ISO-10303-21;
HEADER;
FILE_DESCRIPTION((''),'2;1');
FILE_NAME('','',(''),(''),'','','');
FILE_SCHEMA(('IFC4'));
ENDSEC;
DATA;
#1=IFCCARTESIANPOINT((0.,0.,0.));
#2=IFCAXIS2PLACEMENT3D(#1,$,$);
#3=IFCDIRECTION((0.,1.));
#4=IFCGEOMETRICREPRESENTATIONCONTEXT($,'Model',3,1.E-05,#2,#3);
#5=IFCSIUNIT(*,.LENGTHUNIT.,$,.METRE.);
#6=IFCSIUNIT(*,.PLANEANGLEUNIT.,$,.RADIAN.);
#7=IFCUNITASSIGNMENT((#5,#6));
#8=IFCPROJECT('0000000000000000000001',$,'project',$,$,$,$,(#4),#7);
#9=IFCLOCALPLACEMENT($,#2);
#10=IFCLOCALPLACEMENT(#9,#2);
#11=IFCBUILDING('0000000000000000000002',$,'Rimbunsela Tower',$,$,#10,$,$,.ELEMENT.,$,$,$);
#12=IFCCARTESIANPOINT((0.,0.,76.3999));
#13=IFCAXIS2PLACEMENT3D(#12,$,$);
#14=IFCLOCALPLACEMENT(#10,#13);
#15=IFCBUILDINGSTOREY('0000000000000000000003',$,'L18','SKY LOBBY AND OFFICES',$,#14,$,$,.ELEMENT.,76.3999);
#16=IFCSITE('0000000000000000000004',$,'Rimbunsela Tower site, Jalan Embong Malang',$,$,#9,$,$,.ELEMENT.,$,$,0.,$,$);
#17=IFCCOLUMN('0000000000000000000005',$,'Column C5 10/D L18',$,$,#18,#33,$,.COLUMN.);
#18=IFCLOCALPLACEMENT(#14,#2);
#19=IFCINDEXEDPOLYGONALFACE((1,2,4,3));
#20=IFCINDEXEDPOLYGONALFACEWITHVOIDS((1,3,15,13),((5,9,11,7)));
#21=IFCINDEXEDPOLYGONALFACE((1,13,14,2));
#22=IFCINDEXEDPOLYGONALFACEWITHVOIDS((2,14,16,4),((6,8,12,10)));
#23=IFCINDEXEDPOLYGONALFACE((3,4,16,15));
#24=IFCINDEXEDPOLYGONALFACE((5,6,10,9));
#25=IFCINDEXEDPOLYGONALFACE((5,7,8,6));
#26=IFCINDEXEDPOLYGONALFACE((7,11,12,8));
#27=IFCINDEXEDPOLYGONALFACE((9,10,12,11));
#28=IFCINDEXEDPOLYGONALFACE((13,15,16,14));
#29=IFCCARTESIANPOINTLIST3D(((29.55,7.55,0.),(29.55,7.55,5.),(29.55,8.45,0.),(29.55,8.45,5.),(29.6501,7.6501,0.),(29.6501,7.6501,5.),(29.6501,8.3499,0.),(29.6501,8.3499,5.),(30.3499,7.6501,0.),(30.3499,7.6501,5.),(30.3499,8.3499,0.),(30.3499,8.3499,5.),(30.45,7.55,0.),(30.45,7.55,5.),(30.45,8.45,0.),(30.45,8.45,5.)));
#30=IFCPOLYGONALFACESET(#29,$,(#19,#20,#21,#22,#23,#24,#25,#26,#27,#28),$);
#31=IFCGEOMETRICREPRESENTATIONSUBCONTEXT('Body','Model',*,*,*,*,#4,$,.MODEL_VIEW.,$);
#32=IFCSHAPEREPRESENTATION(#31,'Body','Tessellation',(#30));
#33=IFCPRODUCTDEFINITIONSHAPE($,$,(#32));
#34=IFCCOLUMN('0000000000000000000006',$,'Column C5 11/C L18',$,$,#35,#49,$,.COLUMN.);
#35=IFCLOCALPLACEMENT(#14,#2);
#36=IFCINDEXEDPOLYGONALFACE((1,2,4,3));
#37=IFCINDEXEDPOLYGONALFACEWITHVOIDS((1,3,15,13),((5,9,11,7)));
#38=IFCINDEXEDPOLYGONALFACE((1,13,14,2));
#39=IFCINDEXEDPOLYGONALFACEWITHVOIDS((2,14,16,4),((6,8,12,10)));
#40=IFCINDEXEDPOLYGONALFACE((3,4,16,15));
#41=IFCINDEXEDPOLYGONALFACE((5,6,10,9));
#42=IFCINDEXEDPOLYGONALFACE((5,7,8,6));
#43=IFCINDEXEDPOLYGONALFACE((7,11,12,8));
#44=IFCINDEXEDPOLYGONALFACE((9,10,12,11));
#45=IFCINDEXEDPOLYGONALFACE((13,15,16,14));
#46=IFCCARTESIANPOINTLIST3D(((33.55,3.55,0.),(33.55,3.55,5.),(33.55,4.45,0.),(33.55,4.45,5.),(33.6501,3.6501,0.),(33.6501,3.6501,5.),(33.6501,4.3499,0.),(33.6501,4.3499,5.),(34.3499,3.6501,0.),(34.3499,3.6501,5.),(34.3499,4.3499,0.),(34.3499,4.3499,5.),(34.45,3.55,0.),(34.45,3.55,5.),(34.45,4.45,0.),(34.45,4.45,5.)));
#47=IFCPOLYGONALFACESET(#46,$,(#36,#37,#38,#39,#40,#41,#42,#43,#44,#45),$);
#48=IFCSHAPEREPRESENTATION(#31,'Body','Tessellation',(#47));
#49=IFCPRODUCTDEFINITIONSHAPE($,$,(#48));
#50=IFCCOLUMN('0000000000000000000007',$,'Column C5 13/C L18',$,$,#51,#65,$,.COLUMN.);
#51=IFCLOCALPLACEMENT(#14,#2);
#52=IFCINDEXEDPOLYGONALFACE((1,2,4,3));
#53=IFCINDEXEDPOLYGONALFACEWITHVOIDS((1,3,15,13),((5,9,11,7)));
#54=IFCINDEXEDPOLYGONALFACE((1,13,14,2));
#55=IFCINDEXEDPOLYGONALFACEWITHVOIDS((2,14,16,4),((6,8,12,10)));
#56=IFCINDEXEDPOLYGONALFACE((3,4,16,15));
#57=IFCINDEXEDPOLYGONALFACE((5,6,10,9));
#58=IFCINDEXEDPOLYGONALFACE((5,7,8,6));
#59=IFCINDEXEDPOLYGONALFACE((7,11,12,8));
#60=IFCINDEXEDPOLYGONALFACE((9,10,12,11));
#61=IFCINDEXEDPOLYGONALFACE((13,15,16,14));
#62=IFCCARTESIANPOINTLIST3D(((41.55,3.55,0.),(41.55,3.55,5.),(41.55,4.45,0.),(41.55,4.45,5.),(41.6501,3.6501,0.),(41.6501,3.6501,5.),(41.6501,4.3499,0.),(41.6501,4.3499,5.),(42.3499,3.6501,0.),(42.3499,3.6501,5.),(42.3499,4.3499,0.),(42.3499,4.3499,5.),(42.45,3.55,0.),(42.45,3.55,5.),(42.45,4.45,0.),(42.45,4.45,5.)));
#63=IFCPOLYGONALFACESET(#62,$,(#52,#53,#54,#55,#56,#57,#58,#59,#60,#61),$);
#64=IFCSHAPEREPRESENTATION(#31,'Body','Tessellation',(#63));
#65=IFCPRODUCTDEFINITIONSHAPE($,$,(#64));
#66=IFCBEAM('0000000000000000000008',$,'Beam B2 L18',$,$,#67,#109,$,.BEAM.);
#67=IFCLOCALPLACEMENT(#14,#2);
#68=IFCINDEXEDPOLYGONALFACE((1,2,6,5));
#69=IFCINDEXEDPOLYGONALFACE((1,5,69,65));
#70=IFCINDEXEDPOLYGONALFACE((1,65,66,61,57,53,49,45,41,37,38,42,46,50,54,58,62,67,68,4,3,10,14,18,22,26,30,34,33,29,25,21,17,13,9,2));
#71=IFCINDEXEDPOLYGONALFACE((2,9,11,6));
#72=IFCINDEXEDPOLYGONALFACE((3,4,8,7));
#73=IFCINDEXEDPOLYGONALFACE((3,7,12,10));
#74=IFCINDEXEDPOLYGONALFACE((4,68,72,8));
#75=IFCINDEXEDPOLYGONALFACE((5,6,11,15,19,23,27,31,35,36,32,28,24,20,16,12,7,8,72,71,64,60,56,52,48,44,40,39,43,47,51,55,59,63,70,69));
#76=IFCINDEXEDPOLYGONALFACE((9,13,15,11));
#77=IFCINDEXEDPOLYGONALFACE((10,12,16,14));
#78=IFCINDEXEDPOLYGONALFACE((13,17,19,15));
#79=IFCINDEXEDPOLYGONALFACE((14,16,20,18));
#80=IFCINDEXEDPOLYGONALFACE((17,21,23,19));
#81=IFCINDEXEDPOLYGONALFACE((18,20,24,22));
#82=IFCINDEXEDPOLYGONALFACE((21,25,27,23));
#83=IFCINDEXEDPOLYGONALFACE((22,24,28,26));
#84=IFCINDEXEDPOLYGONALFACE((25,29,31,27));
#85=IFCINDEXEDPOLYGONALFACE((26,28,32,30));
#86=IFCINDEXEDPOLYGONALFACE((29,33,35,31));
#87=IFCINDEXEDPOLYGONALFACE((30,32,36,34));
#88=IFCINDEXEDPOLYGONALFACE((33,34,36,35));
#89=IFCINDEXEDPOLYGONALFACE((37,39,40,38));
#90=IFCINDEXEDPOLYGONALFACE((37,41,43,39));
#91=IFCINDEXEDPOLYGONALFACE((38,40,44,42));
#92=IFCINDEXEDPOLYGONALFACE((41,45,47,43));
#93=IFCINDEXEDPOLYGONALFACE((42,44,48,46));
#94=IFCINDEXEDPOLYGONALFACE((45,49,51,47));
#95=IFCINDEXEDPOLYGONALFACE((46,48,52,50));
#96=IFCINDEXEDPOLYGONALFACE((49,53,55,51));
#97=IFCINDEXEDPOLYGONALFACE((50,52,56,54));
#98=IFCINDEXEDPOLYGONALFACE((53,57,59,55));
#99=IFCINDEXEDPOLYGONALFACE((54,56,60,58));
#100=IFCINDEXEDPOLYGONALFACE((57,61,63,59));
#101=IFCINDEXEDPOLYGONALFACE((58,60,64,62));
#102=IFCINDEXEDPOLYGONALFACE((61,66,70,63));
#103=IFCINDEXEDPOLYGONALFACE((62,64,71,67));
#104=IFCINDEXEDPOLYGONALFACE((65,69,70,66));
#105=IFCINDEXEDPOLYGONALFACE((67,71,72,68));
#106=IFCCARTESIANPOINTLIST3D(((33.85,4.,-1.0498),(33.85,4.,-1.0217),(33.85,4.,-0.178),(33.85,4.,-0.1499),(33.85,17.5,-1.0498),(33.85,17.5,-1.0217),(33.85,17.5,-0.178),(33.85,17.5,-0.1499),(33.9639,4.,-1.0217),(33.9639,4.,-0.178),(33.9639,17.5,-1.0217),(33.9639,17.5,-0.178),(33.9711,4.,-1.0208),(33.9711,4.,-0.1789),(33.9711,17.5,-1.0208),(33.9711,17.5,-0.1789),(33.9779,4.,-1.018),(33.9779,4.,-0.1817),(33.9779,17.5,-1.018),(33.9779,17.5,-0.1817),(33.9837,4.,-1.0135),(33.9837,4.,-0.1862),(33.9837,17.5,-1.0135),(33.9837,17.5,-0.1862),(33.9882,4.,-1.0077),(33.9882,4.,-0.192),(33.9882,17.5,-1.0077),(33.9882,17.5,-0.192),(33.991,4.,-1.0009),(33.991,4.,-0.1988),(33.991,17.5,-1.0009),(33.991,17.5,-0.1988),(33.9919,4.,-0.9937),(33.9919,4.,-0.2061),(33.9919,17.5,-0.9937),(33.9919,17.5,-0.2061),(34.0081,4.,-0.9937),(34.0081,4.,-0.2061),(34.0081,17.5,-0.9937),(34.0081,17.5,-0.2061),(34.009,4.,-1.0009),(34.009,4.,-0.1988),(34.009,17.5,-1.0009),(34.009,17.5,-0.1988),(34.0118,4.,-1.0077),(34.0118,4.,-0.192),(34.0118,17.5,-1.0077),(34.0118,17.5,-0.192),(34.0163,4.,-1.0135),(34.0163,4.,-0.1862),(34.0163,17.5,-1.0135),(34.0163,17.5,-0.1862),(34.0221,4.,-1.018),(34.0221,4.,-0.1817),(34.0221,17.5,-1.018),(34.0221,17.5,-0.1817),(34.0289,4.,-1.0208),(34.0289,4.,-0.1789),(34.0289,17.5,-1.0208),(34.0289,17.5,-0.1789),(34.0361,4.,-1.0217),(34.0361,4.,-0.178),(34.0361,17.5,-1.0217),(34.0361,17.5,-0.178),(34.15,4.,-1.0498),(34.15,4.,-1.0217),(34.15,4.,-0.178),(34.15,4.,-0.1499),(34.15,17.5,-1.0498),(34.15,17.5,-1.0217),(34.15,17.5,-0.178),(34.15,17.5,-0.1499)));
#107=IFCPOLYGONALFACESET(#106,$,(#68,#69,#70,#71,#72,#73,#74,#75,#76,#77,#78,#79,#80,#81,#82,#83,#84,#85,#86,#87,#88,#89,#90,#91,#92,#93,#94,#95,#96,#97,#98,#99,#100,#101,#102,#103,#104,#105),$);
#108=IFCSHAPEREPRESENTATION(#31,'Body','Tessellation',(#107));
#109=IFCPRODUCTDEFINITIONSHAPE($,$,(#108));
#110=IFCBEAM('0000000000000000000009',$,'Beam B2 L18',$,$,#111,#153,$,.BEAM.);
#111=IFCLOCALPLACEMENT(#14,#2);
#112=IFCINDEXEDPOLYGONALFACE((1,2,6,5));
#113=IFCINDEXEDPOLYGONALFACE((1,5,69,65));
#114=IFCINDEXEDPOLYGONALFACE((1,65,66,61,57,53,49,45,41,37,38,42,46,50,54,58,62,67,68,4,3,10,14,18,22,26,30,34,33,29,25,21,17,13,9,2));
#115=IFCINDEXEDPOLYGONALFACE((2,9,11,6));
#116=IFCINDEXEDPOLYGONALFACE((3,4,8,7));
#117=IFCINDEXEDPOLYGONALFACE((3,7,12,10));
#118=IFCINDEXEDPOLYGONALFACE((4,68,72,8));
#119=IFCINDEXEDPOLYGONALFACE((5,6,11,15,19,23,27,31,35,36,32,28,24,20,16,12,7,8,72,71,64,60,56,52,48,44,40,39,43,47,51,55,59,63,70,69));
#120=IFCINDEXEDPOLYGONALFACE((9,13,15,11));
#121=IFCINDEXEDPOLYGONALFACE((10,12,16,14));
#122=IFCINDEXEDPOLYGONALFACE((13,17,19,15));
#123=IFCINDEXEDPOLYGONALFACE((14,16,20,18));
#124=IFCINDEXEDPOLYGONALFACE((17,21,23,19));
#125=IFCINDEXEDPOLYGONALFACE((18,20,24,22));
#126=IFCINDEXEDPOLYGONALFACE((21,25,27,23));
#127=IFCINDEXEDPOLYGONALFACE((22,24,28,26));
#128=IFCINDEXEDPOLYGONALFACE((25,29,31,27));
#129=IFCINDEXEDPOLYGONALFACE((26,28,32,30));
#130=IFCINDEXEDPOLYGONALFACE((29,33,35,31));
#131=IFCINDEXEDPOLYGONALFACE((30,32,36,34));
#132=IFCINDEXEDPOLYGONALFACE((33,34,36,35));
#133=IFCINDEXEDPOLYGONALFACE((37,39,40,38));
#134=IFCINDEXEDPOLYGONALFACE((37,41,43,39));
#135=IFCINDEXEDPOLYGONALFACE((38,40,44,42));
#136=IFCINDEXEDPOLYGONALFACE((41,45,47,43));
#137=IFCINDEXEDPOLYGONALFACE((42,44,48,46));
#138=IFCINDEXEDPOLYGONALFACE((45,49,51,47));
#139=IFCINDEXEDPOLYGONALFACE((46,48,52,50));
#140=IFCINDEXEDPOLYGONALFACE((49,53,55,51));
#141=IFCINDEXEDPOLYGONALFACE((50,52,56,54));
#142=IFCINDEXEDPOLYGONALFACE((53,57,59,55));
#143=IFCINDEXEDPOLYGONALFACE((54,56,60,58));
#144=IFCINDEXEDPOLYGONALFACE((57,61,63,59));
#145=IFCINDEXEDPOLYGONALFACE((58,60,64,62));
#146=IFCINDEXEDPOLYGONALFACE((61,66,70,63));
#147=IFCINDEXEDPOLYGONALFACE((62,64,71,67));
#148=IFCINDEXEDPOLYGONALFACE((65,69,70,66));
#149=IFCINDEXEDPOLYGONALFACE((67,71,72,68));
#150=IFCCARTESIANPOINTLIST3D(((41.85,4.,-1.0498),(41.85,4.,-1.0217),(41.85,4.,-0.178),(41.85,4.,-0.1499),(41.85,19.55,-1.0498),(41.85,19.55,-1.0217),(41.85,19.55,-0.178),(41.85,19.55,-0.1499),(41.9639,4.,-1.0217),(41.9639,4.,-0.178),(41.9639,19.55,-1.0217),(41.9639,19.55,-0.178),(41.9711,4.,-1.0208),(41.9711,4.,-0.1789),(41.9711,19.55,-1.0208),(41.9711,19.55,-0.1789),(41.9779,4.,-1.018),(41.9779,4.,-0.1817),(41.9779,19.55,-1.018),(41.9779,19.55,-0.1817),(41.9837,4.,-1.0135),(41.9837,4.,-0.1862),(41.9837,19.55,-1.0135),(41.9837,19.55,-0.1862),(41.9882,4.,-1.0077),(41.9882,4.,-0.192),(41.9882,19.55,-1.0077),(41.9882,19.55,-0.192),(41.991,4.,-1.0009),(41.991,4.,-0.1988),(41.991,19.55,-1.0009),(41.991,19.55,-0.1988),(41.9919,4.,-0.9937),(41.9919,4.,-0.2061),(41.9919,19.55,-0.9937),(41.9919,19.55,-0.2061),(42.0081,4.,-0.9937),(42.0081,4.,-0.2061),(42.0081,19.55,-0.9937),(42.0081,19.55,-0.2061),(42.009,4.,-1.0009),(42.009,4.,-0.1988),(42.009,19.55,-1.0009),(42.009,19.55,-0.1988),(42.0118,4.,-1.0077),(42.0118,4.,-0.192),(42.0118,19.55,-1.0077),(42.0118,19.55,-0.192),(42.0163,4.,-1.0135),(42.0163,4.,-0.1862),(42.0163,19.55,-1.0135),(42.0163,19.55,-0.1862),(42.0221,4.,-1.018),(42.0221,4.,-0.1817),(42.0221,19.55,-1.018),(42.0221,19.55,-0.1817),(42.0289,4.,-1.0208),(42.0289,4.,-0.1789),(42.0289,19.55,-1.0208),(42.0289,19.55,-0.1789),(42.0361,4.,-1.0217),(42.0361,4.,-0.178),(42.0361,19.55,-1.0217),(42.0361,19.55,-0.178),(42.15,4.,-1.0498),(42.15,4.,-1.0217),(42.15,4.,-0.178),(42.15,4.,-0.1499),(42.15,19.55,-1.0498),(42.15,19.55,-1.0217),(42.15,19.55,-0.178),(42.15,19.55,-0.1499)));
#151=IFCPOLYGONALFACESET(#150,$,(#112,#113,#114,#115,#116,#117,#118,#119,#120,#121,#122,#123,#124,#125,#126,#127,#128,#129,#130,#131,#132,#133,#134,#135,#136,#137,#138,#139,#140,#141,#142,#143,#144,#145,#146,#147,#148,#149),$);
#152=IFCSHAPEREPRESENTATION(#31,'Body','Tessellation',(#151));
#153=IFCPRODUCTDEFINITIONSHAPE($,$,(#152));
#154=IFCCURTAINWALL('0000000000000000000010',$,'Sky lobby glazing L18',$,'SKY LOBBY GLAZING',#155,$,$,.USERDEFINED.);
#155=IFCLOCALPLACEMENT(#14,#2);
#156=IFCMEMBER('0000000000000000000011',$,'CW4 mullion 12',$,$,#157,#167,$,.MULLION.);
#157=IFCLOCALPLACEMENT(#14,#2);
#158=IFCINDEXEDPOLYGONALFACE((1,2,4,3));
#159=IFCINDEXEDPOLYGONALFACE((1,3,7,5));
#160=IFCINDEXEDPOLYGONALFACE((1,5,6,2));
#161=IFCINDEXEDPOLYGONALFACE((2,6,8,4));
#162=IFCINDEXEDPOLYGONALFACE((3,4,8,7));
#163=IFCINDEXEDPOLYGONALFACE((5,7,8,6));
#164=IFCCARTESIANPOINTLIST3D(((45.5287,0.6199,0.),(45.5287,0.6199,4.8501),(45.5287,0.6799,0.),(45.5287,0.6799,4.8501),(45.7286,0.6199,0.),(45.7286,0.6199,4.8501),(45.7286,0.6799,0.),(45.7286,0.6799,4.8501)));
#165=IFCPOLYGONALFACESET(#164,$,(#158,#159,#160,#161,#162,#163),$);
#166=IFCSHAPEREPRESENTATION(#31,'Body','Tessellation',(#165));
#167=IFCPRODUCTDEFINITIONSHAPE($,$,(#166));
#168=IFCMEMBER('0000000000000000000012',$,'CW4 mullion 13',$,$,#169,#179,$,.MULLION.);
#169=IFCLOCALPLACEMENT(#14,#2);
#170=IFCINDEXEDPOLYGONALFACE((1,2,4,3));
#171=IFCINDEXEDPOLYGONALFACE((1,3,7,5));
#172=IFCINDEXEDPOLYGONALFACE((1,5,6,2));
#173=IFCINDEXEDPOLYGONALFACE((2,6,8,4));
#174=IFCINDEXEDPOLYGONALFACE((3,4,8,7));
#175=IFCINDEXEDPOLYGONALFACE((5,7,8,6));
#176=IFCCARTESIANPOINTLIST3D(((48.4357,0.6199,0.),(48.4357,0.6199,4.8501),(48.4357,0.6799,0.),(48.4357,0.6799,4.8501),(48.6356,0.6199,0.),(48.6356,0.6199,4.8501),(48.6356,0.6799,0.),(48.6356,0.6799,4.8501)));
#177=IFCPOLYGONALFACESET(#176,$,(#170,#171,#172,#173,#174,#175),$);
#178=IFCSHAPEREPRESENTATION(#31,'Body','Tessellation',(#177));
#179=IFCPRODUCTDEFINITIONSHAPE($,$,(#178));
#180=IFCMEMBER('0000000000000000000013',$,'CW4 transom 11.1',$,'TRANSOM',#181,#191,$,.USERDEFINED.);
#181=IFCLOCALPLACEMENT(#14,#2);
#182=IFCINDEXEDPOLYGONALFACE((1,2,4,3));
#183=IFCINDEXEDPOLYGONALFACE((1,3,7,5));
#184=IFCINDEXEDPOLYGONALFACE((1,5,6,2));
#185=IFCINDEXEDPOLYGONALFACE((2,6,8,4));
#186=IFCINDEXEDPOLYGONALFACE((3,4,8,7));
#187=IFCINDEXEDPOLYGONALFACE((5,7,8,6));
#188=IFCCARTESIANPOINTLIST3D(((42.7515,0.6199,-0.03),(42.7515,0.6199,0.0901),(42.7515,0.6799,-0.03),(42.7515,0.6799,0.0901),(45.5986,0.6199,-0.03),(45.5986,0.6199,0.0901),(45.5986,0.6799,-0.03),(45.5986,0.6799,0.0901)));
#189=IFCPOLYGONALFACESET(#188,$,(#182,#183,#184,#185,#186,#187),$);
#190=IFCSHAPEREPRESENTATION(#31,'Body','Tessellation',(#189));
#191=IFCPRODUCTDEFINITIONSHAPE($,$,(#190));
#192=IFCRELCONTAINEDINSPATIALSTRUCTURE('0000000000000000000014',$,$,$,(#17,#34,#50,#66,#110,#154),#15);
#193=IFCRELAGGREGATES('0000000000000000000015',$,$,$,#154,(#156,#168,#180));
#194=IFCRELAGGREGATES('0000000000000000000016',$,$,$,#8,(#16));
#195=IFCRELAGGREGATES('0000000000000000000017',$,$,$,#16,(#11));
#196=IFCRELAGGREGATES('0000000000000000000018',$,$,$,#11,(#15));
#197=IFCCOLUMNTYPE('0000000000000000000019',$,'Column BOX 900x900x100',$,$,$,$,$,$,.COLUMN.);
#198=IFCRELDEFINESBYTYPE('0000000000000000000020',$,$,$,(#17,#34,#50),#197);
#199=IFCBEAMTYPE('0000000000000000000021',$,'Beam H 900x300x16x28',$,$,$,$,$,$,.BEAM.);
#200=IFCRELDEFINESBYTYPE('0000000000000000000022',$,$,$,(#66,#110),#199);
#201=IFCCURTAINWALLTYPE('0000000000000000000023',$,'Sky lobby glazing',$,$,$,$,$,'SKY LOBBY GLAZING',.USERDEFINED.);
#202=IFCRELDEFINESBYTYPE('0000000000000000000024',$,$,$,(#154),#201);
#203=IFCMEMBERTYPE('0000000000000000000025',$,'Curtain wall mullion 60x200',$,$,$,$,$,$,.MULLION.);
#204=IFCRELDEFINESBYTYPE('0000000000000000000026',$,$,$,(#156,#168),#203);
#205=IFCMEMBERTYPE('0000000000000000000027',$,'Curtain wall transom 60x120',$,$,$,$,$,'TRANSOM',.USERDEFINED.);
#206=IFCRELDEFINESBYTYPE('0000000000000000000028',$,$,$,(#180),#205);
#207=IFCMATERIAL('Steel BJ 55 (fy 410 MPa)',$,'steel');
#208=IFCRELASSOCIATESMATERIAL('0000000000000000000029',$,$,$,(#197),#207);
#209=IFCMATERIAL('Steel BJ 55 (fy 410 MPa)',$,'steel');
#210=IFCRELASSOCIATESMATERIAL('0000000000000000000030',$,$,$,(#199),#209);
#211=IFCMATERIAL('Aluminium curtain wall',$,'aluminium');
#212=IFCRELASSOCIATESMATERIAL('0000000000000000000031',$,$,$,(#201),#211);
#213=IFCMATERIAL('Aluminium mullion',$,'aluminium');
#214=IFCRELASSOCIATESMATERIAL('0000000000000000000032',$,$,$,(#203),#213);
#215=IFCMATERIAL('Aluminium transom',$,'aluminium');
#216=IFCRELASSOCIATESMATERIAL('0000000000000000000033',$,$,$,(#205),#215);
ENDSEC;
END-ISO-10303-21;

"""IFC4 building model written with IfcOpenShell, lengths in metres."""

from ifc_helpers import new_model, si_unit, direction, frame, origin, origin_2d, place, context, subcontext, project, spatial, rectangle, hollow_rectangle, i_section, extrude, material, material_profile, profile_set, type_object, element, aggregate, save


model = new_model("IFC4")

# Units and contexts
model_context = context("Model", 3, precision=1e-05, world=origin(), true_north=direction((0.0, 1.0)))
body_context = subcontext(model_context, "Body", "Model", "MODEL_VIEW")
ifc_project = project(units=[si_unit("LENGTHUNIT", "METRE"), si_unit("PLANEANGLEUNIT", "RADIAN")], contexts=[model_context])

# Site, building, storey
site_placement = place(None, origin())
site = spatial("IfcSite", under=ifc_project, at=site_placement, Name="Rimbunsela Tower site, Jalan Embong Malang", CompositionType="ELEMENT", RefElevation=0.0)
building_placement = place(site_placement, origin())
building = spatial("IfcBuilding", under=site, at=building_placement, Name="Rimbunsela Tower", CompositionType="ELEMENT")
storey_placement = place(building_placement, frame((0.0, 0.0, 76.3999)))
storey = spatial("IfcBuildingStorey", under=building, at=storey_placement, Name="L18", Description="SKY LOBBY AND OFFICES", CompositionType="ELEMENT", Elevation=76.3999)

# Columns
ifc_material_1 = material(Name="Steel BJ 55 (fy 410 MPa)", Category="steel")
ifc_material_profile_1 = material_profile(ifc_material_1, hollow_rectangle(XDim=0.8999, YDim=0.8999, WallThickness=0.1001, at=origin_2d()), Name="BOX 900x900x100")
ifc_profile_set_1 = profile_set([ifc_material_profile_1], Name="Steel BJ 55 (fy 410 MPa)")
column_type = type_object("IfcColumnType", Name="Column BOX 900x900x100", PredefinedType="COLUMN", material=ifc_profile_set_1)
for number, where, z_axis, x_axis, name in (
    (1, (30.0, 8.0, 0.0), (0.0, 0.0, 1.0), (1.0, 0.0, 0.0), "Column C5 10/D L18"),
    (2, (34.0, 4.0, 0.0), (0.0, 0.0, 1.0), (1.0, 0.0, 0.0), "Column C5 11/C L18"),
    (3, (42.0, 4.0, 0.0), (0.0, 0.0, 1.0), (1.0, 0.0, 0.0), "Column C5 13/C L18"),
):
    element("IfcColumn", number, at=place(storey_placement, frame(where, z_axis=z_axis, x_axis=x_axis)), inside=storey, type_object=column_type, Name=name, PredefinedType="COLUMN", context=body_context, shape_type="SweptSolid", body=[
        extrude(hollow_rectangle(XDim=0.8999, YDim=0.8999, WallThickness=0.1001, at=origin_2d()), origin(), (0.0, 0.0, 1.0), 5.0),
    ])

# Beams
ifc_material_2 = material(Name="Steel BJ 55 (fy 410 MPa)", Category="steel")
ifc_material_profile_2 = material_profile(ifc_material_2, i_section(OverallWidth=0.3, OverallDepth=0.8999, WebThickness=0.0161, FlangeThickness=0.0281, FilletRadius=0.0281, at=origin_2d()), Name="H 900x300x16x28")
ifc_profile_set_2 = profile_set([ifc_material_profile_2], Name="Steel BJ 55 (fy 410 MPa)")
beam_type = type_object("IfcBeamType", Name="Beam H 900x300x16x28", PredefinedType="BEAM", material=ifc_profile_set_2)
beam_1_placement = place(storey_placement, frame((34.0, 4.0, -0.5999), z_axis=(0.0, 1.0, 0.0), x_axis=(-1.0, 0.0, 0.0)))
element("IfcBeam", 4, at=beam_1_placement, inside=storey, type_object=beam_type, Name="Beam B2 L18", PredefinedType="BEAM", context=body_context, shape_type="SweptSolid", body=[
    extrude(i_section(OverallWidth=0.3, OverallDepth=0.8999, WebThickness=0.0161, FlangeThickness=0.0281, FilletRadius=0.0281, at=origin_2d()), origin(), (0.0, 0.0, 1.0), 13.5),
])
beam_2_placement = place(storey_placement, frame((42.0, 4.0, -0.5999), z_axis=(0.0, 1.0, 0.0), x_axis=(-1.0, 0.0, 0.0)))
element("IfcBeam", 5, at=beam_2_placement, inside=storey, type_object=beam_type, Name="Beam B2 L18", PredefinedType="BEAM", context=body_context, shape_type="SweptSolid", body=[
    extrude(i_section(OverallWidth=0.3, OverallDepth=0.8999, WebThickness=0.0161, FlangeThickness=0.0281, FilletRadius=0.0281, at=origin_2d()), origin(), (0.0, 0.0, 1.0), 15.55),
])

# Curtain wall, members
ifc_material_3 = material(Name="Aluminium curtain wall", Category="aluminium")
curtain_wall_type = type_object("IfcCurtainWallType", Name="Sky lobby glazing", ElementType="SKY LOBBY GLAZING", PredefinedType="USERDEFINED", material=ifc_material_3)
curtain_wall_placement = place(storey_placement, origin())
curtain_wall = element("IfcCurtainWall", 6, at=curtain_wall_placement, inside=storey, type_object=curtain_wall_type, Name="Sky lobby glazing L18", ObjectType="SKY LOBBY GLAZING", PredefinedType="USERDEFINED")
ifc_material_4 = material(Name="Aluminium mullion", Category="aluminium")
ifc_material_profile_3 = material_profile(ifc_material_4, rectangle(XDim=0.0601, YDim=0.2, at=origin_2d()), Name="Mullion 60x200")
ifc_profile_set_3 = profile_set([ifc_material_profile_3], Name="Aluminium mullion")
member_type_1 = type_object("IfcMemberType", Name="Curtain wall mullion 60x200", PredefinedType="MULLION", material=ifc_profile_set_3)
member_1_placement = place(storey_placement, frame((45.6287, 0.6499, 0.0), z_axis=(0.0, 0.0, 1.0), x_axis=(0.0, 1.0, 0.0)))
member_1 = element("IfcMember", 7, at=member_1_placement, type_object=member_type_1, Name="CW4 mullion 12", PredefinedType="MULLION", context=body_context, shape_type="SweptSolid", body=[
    extrude(rectangle(XDim=0.0601, YDim=0.2, at=origin_2d()), origin(), (0.0, 0.0, 1.0), 4.8501),
])
member_2_placement = place(storey_placement, frame((48.5356, 0.6499, 0.0), z_axis=(0.0, 0.0, 1.0), x_axis=(0.0, 1.0, 0.0)))
member_2 = element("IfcMember", 8, at=member_2_placement, type_object=member_type_1, Name="CW4 mullion 13", PredefinedType="MULLION", context=body_context, shape_type="SweptSolid", body=[
    extrude(rectangle(XDim=0.0601, YDim=0.2, at=origin_2d()), origin(), (0.0, 0.0, 1.0), 4.8501),
])
ifc_material_5 = material(Name="Aluminium transom", Category="aluminium")
ifc_material_profile_4 = material_profile(ifc_material_5, rectangle(XDim=0.0601, YDim=0.1201, at=origin_2d()), Name="Transom 60x120")
ifc_profile_set_4 = profile_set([ifc_material_profile_4], Name="Aluminium transom")
member_type_2 = type_object("IfcMemberType", Name="Curtain wall transom 60x120", ElementType="TRANSOM", PredefinedType="USERDEFINED", material=ifc_profile_set_4)
member_3_placement = place(storey_placement, frame((42.7515, 0.6499, 0.03), z_axis=(1.0, 0.0, 0.0), x_axis=(0.0, 1.0, 0.0)))
member_3 = element("IfcMember", 9, at=member_3_placement, type_object=member_type_2, Name="CW4 transom 11.1", ObjectType="TRANSOM", PredefinedType="USERDEFINED", context=body_context, shape_type="SweptSolid", body=[
    extrude(rectangle(XDim=0.0601, YDim=0.1201, at=origin_2d()), origin(), (0.0, 0.0, 1.0), 2.8472),
])
aggregate(curtain_wall, [member_1, member_2, member_3])

save(model, "model.ifc")
